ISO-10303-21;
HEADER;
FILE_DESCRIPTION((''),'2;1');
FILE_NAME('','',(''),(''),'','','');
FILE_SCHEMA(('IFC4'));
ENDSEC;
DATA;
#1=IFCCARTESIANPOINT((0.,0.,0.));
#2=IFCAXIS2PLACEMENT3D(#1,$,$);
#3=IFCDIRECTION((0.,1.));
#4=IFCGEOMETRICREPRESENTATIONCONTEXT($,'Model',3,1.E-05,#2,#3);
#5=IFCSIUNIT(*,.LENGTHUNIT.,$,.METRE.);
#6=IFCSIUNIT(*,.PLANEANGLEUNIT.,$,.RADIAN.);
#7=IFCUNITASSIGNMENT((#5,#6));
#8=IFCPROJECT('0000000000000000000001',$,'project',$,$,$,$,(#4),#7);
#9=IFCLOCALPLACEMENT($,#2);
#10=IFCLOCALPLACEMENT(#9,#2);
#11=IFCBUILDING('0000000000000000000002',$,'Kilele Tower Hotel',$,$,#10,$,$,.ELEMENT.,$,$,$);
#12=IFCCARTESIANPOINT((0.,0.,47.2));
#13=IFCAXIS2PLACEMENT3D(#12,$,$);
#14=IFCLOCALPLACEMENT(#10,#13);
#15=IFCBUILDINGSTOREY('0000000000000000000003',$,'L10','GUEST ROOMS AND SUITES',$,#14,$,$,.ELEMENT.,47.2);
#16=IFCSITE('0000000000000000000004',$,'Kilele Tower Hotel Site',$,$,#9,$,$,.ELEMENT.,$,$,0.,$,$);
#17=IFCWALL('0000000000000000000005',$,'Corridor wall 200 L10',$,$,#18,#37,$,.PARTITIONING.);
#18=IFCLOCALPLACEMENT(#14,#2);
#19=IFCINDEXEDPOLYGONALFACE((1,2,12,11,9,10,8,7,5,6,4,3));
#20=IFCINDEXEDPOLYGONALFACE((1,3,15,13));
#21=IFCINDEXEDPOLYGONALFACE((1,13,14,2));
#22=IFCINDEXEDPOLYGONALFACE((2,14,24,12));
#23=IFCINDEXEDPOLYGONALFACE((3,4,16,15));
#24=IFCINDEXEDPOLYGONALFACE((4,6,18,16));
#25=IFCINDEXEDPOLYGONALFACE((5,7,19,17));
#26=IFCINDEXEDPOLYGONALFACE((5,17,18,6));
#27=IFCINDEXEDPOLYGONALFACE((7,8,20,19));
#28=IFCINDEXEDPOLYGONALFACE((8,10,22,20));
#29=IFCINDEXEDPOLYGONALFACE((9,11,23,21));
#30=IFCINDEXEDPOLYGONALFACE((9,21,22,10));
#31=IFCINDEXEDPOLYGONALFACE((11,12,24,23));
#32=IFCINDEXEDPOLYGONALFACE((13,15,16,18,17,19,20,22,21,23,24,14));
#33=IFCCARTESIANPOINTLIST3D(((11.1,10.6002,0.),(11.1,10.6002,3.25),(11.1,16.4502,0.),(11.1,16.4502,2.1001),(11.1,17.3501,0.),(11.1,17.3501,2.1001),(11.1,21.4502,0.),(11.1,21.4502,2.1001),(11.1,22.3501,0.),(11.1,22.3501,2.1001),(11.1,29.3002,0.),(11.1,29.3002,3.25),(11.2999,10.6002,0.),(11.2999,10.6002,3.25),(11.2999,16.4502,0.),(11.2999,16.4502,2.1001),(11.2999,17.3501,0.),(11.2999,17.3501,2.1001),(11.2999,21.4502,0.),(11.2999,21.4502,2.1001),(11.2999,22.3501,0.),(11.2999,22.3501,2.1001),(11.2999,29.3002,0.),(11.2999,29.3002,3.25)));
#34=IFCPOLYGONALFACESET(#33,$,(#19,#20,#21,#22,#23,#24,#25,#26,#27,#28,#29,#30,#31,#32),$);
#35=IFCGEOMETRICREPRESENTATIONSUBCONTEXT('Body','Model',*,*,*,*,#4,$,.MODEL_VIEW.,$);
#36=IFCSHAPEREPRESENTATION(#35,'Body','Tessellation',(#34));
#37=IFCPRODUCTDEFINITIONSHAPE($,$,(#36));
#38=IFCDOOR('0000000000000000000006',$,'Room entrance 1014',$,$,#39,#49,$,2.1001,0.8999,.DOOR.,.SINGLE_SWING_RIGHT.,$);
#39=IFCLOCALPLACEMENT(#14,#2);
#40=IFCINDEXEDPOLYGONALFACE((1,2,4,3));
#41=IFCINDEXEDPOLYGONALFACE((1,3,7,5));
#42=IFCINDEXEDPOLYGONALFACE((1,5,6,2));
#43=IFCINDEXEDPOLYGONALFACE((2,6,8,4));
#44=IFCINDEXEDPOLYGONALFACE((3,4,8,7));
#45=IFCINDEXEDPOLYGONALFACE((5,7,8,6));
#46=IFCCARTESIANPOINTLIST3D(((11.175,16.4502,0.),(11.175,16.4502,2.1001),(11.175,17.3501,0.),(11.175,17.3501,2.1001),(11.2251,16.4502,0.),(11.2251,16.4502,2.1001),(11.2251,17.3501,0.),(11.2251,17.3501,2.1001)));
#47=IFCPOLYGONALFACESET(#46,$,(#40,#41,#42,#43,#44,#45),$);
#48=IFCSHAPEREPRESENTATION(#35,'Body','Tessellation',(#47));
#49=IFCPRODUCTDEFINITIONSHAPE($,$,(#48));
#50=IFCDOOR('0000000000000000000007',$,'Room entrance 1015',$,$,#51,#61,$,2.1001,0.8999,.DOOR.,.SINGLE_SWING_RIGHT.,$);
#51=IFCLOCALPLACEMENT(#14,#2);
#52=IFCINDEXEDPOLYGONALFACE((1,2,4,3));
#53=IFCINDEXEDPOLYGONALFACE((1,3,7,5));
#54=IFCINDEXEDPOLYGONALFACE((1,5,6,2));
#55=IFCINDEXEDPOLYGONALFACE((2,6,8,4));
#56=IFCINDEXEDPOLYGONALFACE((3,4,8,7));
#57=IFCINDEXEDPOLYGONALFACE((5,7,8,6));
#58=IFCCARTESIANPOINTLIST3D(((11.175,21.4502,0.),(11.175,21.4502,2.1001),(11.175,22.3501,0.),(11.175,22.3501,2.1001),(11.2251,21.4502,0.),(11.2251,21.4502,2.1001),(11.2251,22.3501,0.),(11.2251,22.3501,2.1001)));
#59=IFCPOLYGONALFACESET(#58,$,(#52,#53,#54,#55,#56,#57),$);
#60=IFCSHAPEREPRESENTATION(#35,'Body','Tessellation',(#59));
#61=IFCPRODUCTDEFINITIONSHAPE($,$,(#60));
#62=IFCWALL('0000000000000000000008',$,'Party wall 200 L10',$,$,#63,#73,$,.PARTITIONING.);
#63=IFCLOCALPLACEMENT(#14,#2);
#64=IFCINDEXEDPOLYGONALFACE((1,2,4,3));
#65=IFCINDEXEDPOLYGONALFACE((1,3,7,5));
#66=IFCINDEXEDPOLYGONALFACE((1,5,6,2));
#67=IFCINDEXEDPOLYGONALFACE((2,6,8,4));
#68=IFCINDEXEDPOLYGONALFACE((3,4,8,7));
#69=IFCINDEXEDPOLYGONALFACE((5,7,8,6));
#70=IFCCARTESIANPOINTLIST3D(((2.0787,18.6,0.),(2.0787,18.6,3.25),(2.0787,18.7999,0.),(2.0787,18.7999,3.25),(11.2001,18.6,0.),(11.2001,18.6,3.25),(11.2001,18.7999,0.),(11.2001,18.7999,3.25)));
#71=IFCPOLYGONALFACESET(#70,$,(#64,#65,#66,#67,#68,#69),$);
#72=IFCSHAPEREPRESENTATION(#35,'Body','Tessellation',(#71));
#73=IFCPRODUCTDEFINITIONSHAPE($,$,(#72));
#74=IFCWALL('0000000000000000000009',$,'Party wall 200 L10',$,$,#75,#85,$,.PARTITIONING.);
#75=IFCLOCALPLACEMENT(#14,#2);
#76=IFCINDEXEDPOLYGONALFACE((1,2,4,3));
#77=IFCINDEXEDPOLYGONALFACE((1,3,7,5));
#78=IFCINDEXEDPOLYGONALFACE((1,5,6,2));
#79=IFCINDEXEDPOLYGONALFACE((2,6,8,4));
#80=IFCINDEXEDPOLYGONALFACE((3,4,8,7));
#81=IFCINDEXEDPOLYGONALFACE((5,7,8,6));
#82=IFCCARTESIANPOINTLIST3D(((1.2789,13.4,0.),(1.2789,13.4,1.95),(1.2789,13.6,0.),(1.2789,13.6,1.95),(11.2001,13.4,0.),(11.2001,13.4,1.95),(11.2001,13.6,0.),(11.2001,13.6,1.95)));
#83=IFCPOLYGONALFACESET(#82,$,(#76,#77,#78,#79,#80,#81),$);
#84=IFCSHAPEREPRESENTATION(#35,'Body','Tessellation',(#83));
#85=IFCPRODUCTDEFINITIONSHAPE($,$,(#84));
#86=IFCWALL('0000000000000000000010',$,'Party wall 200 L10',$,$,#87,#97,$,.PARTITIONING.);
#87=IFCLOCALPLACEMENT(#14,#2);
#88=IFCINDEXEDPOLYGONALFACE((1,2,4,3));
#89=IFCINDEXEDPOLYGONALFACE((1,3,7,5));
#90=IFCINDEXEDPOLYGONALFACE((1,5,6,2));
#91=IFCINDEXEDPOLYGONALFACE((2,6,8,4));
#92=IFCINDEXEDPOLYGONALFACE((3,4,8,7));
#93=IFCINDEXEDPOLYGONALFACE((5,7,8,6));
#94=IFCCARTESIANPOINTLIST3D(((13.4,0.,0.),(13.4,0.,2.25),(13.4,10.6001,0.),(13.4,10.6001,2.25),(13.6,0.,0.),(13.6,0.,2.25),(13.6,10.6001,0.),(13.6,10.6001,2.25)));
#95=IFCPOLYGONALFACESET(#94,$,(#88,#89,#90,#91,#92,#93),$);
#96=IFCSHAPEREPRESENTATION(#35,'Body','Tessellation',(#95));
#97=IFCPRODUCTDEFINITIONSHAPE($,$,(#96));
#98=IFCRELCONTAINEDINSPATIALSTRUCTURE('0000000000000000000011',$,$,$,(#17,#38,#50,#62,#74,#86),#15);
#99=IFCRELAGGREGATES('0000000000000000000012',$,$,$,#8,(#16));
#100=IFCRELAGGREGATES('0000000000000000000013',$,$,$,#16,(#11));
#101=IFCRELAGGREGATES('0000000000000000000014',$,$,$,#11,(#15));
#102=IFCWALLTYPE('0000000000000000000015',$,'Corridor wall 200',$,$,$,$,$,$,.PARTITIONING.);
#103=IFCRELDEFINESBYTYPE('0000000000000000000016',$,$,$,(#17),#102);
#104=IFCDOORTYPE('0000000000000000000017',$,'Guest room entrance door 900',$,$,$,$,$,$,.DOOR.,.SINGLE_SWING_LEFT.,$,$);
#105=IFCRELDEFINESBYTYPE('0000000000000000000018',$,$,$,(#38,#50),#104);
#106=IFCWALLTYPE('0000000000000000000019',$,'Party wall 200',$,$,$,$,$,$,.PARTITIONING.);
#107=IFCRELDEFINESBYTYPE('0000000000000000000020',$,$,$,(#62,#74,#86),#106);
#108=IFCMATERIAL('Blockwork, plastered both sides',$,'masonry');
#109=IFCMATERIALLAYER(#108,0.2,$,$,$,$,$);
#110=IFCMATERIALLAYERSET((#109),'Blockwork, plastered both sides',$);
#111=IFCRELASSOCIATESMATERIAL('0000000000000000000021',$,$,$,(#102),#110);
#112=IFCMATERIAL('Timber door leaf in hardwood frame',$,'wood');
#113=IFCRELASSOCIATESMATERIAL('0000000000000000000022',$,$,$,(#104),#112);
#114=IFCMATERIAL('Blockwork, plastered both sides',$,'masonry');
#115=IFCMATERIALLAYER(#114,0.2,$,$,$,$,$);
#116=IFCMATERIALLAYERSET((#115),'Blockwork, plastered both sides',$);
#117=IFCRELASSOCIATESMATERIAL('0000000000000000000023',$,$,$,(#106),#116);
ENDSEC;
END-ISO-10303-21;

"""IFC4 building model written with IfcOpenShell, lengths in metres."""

from ifc_helpers import new_model, si_unit, direction, frame, frame_2d, origin, place, context, subcontext, project, spatial, rectangle, extrude, material, layer, layer_set, type_object, element, fill, save


model = new_model("IFC4")

# Units and contexts
model_context = context("Model", 3, precision=1e-05, world=origin(), true_north=direction((0.0, 1.0)))
body_context = subcontext(model_context, "Body", "Model", "MODEL_VIEW")
ifc_project = project(units=[si_unit("LENGTHUNIT", "METRE"), si_unit("PLANEANGLEUNIT", "RADIAN")], contexts=[model_context])

# Site, building, storey
site_placement = place(None, origin())
site = spatial("IfcSite", under=ifc_project, at=site_placement, Name="Kilele Tower Hotel Site", CompositionType="ELEMENT", RefElevation=0.0)
building_placement = place(site_placement, origin())
building = spatial("IfcBuilding", under=site, at=building_placement, Name="Kilele Tower Hotel", CompositionType="ELEMENT")
storey_placement = place(building_placement, frame((0.0, 0.0, 47.2)))
storey = spatial("IfcBuildingStorey", under=building, at=storey_placement, Name="L10", Description="GUEST ROOMS AND SUITES", CompositionType="ELEMENT", Elevation=47.2)

# Wall, openings, doors
ifc_material_1 = material(Name="Blockwork, plastered both sides", Category="masonry")
ifc_layer_1 = layer(ifc_material_1, 0.2)
ifc_layer_set_1 = layer_set([ifc_layer_1], Name="Blockwork, plastered both sides")
wall_type_1 = type_object("IfcWallType", Name="Corridor wall 200", PredefinedType="PARTITIONING", material=ifc_layer_set_1)
ifc_material_2 = material(Name="Timber door leaf in hardwood frame", Category="wood")
door_type_1 = type_object("IfcDoorType", Name="Guest room entrance door 900", OperationType="SINGLE_SWING_LEFT", PredefinedType="DOOR", material=ifc_material_2)
wall_1_placement = place(storey_placement, frame((11.2, 10.6001, 0.0), z_axis=(0.0, 0.0, 1.0), x_axis=(0.0, 1.0, 0.0)))
wall_1 = element("IfcWall", 1, at=wall_1_placement, inside=storey, type_object=wall_type_1, Name="Corridor wall 200 L10", PredefinedType="PARTITIONING", context=body_context, shape_type="SweptSolid", body=[
    extrude(rectangle(XDim=18.7, YDim=0.2, at=frame_2d((9.3501, 0.0))), origin(), (0.0, 0.0, 1.0), 3.25),
])
opening_1_placement = place(wall_1_placement, frame((5.8501, 0.0, 0.0)))
opening_1 = element("IfcOpeningElement", 2, at=opening_1_placement, cuts=wall_1, PredefinedType="OPENING", context=body_context, shape_type="SweptSolid", body=[
    extrude(rectangle(XDim=0.8999, YDim=2.1001, at=frame_2d((0.45, 1.05))), frame((0.0, 0.1099, 0.0), z_axis=(0.0, -1.0, 0.0), x_axis=(1.0, 0.0, 0.0)), (0.0, 0.0, 1.0), 0.22),
])
opening_2_placement = place(wall_1_placement, frame((10.8501, 0.0, 0.0)))
opening_2 = element("IfcOpeningElement", 3, at=opening_2_placement, cuts=wall_1, PredefinedType="OPENING", context=body_context, shape_type="SweptSolid", body=[
    extrude(rectangle(XDim=0.8999, YDim=2.1001, at=frame_2d((0.45, 1.05))), frame((0.0, 0.1099, 0.0), z_axis=(0.0, -1.0, 0.0), x_axis=(1.0, 0.0, 0.0)), (0.0, 0.0, 1.0), 0.22),
])
door_1_placement = place(opening_1_placement, origin())
door_1 = element("IfcDoor", 4, at=door_1_placement, inside=storey, type_object=door_type_1, Name="Room entrance 1014", OperationType="SINGLE_SWING_RIGHT", OverallHeight=2.1001, OverallWidth=0.8999, PredefinedType="DOOR", context=body_context, shape_type="SweptSolid", body=[
    extrude(rectangle(XDim=0.8999, YDim=2.1001, at=frame_2d((0.45, 1.05))), frame((0.0, 0.0249, 0.0), z_axis=(0.0, -1.0, 0.0), x_axis=(1.0, 0.0, 0.0)), (0.0, 0.0, 1.0), 0.05),
])
fill(opening_1, door_1)
door_2_placement = place(opening_2_placement, origin())
door_2 = element("IfcDoor", 5, at=door_2_placement, inside=storey, type_object=door_type_1, Name="Room entrance 1015", OperationType="SINGLE_SWING_RIGHT", OverallHeight=2.1001, OverallWidth=0.8999, PredefinedType="DOOR", context=body_context, shape_type="SweptSolid", body=[
    extrude(rectangle(XDim=0.8999, YDim=2.1001, at=frame_2d((0.45, 1.05))), frame((0.0, 0.0249, 0.0), z_axis=(0.0, -1.0, 0.0), x_axis=(1.0, 0.0, 0.0)), (0.0, 0.0, 1.0), 0.05),
])
fill(opening_2, door_2)

# Walls
ifc_material_3 = material(Name="Blockwork, plastered both sides", Category="masonry")
ifc_layer_2 = layer(ifc_material_3, 0.2)
ifc_layer_set_2 = layer_set([ifc_layer_2], Name="Blockwork, plastered both sides")
wall_type_2 = type_object("IfcWallType", Name="Party wall 200", PredefinedType="PARTITIONING", material=ifc_layer_set_2)
wall_2_placement = place(storey_placement, frame((11.2, 18.7, 0.0), z_axis=(0.0, 0.0, 1.0), x_axis=(-1.0, 0.0, 0.0)))
element("IfcWall", 6, at=wall_2_placement, inside=storey, type_object=wall_type_2, Name="Party wall 200 L10", PredefinedType="PARTITIONING", context=body_context, shape_type="SweptSolid", body=[
    extrude(rectangle(XDim=9.1213, YDim=0.2, at=frame_2d((4.5605, 0.0))), origin(), (0.0, 0.0, 1.0), 3.25),
])
wall_3_placement = place(storey_placement, frame((11.2, 13.5, 0.0), z_axis=(0.0, 0.0, 1.0), x_axis=(-1.0, 0.0, 0.0)))
element("IfcWall", 7, at=wall_3_placement, inside=storey, type_object=wall_type_2, Name="Party wall 200 L10", PredefinedType="PARTITIONING", context=body_context, shape_type="SweptSolid", body=[
    extrude(rectangle(XDim=9.9211, YDim=0.2, at=frame_2d((4.9604, 0.0))), origin(), (0.0, 0.0, 1.0), 1.95),
])
wall_4_placement = place(storey_placement, frame((13.5, 10.6001, 0.0), z_axis=(0.0, 0.0, 1.0), x_axis=(0.0, -1.0, 0.0)))
element("IfcWall", 8, at=wall_4_placement, inside=storey, type_object=wall_type_2, Name="Party wall 200 L10", PredefinedType="PARTITIONING", context=body_context, shape_type="SweptSolid", body=[
    extrude(rectangle(XDim=10.6001, YDim=0.2, at=frame_2d((5.3, 0.0))), origin(), (0.0, 0.0, 1.0), 2.25),
])

save(model, "model.ifc")
